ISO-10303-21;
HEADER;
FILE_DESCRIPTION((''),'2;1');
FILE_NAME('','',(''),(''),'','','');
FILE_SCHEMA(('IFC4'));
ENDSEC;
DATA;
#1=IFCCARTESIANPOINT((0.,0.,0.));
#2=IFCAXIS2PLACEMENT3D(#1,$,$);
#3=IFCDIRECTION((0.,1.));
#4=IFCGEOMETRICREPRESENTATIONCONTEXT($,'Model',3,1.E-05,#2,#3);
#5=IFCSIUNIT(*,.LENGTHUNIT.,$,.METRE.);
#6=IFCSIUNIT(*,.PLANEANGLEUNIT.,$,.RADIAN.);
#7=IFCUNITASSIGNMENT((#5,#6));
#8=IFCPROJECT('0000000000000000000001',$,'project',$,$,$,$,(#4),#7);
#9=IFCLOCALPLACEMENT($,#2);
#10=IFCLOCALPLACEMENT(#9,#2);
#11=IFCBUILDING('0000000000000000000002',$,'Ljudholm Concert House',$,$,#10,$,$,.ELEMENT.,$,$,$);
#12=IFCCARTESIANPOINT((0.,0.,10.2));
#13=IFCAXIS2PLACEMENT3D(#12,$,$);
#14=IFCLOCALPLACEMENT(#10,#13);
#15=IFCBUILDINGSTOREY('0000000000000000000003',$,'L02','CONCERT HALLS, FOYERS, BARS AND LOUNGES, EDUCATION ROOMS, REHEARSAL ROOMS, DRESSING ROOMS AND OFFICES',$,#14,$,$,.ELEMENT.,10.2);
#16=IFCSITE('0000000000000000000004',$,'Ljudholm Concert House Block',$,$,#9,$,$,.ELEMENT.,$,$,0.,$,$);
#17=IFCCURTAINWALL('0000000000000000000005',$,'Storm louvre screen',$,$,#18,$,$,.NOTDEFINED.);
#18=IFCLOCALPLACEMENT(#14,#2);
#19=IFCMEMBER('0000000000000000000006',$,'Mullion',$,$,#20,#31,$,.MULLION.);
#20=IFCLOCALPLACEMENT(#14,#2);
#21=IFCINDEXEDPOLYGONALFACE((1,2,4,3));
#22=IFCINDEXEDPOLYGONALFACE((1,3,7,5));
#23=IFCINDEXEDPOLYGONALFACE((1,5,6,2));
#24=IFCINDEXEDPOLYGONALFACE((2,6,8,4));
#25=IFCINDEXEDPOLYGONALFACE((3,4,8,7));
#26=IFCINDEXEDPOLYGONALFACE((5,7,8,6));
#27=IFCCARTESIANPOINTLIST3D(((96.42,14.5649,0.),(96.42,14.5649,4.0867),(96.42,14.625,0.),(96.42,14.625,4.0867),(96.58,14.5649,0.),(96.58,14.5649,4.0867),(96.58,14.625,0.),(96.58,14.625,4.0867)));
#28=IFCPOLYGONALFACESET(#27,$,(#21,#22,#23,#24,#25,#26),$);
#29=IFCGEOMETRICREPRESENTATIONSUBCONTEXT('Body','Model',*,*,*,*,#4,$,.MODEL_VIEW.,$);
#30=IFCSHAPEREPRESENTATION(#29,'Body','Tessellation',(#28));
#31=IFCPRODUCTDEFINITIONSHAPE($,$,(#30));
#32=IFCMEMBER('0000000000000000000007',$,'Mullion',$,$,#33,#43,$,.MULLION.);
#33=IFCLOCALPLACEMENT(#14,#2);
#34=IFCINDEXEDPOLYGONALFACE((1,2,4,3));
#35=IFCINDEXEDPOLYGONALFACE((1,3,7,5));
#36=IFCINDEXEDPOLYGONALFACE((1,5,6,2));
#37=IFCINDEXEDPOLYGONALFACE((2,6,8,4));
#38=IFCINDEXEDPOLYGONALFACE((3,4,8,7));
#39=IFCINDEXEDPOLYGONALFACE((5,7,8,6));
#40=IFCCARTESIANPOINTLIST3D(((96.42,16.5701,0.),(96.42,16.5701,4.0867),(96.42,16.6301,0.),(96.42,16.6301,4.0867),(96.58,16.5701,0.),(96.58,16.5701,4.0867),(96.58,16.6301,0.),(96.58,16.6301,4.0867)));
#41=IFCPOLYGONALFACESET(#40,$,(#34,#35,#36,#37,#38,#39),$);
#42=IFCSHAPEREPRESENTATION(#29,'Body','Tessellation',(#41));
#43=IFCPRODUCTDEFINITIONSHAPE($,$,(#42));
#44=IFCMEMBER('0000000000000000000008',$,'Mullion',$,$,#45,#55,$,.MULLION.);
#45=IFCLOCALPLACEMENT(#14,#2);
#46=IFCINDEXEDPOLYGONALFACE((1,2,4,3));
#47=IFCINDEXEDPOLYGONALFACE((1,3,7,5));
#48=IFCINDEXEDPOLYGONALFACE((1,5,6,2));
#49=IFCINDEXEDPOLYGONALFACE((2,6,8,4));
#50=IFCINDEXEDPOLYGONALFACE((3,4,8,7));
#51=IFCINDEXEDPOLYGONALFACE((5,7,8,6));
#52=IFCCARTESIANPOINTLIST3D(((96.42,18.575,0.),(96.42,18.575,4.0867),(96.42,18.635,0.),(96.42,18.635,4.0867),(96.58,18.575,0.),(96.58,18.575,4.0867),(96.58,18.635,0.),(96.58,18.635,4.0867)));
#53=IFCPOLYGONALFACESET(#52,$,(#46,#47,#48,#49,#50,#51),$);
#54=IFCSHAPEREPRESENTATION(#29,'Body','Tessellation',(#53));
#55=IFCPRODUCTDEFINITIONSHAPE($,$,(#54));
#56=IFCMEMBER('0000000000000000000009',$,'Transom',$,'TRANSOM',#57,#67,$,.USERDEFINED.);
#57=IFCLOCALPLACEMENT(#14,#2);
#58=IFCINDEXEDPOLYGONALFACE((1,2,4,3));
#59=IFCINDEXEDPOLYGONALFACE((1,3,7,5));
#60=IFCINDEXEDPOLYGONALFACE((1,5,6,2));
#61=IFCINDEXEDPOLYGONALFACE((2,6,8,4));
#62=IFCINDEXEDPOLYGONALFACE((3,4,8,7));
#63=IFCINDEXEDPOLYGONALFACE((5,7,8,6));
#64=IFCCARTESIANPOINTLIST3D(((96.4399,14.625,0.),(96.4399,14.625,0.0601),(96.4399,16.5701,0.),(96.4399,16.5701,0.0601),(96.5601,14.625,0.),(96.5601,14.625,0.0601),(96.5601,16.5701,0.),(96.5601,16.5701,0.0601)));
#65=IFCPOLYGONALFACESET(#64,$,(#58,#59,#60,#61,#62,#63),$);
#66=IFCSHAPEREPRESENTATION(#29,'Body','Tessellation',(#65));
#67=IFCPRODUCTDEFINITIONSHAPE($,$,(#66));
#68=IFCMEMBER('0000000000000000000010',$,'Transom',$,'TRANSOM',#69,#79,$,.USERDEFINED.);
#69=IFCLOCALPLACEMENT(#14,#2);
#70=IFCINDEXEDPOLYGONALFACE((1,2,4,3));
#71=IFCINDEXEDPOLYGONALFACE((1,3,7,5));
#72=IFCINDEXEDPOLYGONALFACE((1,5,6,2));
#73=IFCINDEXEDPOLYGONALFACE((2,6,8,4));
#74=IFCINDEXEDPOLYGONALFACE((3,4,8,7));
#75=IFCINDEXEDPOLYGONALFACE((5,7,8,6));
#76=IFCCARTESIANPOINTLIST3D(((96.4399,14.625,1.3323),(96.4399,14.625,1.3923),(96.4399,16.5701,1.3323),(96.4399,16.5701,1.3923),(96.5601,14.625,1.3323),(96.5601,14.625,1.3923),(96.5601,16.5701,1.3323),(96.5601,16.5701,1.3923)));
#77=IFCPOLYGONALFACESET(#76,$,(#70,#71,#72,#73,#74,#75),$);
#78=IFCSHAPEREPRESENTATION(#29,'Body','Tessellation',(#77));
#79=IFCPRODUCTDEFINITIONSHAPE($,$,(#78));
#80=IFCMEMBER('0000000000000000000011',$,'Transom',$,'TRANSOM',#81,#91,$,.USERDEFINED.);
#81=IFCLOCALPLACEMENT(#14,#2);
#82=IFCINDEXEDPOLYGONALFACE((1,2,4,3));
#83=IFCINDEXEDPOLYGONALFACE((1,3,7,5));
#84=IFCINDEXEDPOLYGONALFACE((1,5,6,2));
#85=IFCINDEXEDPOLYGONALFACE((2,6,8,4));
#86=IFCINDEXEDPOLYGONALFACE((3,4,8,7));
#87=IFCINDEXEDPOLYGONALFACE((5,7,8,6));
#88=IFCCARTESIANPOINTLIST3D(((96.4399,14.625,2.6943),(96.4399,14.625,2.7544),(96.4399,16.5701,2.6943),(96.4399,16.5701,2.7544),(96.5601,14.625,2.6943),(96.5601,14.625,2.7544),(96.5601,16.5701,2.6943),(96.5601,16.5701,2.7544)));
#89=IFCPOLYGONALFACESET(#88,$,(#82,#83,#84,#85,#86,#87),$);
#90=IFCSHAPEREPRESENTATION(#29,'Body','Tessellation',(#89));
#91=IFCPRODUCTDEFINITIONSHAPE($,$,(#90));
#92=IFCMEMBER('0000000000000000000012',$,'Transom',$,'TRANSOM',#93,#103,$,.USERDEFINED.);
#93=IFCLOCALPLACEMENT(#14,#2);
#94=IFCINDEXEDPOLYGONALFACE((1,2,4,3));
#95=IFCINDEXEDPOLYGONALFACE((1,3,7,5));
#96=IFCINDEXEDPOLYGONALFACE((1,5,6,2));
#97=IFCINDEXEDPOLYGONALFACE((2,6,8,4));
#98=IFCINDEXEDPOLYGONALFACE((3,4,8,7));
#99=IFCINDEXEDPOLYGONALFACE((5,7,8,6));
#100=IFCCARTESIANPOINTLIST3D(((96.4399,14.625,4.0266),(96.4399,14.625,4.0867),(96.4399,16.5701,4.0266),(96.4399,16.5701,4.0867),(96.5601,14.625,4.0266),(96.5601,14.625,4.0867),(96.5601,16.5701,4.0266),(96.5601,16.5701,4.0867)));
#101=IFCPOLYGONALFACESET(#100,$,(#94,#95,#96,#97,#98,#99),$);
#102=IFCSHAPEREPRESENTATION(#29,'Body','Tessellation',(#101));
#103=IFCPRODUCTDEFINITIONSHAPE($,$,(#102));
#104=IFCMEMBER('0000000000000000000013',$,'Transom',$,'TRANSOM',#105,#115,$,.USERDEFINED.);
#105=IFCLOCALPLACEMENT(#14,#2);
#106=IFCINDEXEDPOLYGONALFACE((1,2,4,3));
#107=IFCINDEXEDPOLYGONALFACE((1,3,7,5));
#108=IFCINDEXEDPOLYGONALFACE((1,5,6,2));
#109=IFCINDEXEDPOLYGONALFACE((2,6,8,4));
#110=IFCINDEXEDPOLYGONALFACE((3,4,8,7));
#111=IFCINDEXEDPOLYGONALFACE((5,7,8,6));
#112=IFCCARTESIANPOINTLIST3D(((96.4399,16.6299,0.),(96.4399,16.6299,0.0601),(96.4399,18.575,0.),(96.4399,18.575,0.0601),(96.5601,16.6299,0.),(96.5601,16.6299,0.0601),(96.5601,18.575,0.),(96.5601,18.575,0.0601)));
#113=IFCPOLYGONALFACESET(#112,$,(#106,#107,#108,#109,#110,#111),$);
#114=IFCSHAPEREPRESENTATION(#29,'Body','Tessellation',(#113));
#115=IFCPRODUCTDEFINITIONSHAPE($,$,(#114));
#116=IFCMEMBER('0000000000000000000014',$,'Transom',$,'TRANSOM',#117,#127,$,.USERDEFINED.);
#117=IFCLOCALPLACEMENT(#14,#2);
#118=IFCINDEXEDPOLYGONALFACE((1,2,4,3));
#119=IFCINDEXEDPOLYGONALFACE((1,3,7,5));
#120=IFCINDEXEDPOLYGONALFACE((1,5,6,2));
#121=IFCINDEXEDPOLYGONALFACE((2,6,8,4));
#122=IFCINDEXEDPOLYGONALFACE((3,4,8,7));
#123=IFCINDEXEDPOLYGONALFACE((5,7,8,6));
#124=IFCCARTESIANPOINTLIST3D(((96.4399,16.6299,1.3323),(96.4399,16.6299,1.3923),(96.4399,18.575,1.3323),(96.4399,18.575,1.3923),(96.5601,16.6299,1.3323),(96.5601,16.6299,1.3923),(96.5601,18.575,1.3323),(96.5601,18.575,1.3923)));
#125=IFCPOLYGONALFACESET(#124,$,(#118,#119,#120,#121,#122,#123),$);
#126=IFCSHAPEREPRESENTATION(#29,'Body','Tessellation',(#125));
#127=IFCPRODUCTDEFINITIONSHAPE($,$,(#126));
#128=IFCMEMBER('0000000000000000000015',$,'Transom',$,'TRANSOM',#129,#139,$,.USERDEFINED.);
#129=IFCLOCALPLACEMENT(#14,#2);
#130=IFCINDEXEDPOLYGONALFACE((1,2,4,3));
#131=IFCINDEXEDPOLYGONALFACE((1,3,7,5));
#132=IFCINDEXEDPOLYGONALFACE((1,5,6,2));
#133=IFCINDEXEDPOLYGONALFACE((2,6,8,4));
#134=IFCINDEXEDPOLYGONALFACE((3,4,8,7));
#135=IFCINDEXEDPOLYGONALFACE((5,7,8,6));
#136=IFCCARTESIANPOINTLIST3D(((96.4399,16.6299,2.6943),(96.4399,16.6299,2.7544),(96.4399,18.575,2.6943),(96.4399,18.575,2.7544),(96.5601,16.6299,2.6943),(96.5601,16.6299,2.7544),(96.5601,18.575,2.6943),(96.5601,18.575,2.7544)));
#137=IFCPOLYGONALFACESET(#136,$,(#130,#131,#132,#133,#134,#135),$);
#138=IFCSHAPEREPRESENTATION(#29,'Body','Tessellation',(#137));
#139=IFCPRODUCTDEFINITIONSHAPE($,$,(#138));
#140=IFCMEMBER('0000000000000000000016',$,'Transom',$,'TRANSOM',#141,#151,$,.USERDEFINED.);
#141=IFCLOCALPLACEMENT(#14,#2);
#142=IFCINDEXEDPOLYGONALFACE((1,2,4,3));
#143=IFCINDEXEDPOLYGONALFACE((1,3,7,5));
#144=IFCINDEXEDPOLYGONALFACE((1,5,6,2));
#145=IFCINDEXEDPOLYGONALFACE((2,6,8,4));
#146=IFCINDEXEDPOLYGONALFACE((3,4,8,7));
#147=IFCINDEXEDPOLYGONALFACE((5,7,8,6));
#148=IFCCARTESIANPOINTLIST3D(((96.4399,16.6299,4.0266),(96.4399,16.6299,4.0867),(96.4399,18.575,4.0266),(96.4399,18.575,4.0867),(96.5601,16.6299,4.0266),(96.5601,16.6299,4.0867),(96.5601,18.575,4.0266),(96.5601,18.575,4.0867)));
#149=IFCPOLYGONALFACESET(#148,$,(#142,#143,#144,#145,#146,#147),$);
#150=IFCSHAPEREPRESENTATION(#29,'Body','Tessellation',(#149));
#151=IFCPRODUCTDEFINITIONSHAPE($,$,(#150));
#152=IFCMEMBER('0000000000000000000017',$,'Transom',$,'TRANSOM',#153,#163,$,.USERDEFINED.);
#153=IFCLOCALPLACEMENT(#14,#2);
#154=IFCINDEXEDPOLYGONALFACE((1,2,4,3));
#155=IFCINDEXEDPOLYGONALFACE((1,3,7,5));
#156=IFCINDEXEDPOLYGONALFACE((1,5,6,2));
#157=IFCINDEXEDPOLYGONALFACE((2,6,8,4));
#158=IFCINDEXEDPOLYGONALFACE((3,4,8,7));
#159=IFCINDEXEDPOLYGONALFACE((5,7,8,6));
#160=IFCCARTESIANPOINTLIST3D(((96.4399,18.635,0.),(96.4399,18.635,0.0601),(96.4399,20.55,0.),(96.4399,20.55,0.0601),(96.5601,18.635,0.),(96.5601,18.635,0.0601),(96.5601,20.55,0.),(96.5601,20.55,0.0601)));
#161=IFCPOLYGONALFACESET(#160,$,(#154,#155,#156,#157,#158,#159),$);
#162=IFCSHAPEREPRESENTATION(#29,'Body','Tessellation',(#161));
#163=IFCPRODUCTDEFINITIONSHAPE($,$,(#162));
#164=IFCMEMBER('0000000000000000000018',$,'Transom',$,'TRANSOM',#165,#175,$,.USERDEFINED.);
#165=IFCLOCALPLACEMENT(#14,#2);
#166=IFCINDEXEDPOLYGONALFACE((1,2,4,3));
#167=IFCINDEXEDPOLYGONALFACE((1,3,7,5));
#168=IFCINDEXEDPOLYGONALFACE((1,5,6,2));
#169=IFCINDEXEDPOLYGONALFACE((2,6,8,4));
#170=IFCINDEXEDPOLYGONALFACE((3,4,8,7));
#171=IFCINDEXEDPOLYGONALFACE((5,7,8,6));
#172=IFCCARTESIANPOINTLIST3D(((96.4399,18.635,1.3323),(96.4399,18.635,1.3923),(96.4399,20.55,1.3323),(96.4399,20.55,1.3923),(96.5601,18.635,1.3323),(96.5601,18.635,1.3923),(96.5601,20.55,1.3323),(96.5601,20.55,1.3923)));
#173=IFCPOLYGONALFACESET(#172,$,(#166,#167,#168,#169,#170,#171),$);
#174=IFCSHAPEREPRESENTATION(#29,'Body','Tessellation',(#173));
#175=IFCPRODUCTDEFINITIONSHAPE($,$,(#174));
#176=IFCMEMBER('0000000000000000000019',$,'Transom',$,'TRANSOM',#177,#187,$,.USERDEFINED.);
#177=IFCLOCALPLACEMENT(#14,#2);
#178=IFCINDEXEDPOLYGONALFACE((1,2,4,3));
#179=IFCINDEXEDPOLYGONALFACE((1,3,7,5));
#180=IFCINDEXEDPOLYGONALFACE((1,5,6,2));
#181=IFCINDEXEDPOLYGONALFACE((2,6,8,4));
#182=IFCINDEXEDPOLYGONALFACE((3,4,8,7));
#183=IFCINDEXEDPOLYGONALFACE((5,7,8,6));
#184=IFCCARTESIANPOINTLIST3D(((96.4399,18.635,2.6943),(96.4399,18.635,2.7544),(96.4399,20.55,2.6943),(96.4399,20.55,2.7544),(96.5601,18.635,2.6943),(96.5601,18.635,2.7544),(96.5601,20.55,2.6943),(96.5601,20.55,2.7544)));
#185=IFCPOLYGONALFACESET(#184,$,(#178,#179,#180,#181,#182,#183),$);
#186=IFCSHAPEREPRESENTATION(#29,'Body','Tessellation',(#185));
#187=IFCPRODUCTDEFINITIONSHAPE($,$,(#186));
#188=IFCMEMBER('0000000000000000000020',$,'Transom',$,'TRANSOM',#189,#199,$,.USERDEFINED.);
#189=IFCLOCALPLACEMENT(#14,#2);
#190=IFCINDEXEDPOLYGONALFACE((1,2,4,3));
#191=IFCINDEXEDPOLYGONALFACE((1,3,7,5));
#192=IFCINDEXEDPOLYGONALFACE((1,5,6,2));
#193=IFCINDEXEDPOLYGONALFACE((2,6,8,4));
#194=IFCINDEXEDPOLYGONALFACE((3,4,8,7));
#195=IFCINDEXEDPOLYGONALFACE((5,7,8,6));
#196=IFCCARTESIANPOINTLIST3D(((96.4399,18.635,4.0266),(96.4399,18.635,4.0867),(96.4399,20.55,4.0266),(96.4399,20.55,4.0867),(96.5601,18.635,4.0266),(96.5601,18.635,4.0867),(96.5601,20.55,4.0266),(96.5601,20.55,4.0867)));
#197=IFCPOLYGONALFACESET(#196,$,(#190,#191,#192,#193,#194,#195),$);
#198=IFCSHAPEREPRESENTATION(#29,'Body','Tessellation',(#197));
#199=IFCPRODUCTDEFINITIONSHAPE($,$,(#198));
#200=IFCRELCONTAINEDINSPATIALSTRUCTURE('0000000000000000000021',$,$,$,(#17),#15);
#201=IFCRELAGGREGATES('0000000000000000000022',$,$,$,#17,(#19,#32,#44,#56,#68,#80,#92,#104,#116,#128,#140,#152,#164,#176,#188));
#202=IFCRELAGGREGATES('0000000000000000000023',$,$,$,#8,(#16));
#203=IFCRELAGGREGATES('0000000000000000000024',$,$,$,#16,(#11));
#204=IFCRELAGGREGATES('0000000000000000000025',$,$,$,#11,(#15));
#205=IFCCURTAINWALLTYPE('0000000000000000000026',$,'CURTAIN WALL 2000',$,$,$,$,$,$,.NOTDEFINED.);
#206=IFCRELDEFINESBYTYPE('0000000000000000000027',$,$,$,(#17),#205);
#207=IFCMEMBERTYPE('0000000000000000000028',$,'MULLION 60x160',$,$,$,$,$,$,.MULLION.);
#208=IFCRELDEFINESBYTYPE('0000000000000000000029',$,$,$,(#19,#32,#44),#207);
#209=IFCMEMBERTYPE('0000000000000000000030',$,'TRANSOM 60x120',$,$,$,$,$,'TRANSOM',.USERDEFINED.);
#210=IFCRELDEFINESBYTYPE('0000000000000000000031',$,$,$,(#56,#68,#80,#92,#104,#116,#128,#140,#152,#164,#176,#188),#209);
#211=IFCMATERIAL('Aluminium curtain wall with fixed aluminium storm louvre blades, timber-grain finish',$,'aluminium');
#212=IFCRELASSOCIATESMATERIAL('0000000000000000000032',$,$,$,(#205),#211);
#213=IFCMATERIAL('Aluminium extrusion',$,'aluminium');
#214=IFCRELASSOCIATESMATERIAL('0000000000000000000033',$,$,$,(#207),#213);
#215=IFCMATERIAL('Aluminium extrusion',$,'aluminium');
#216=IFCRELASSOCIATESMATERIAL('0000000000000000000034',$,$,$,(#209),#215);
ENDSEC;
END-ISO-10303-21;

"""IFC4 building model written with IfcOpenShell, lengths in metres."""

from ifc_helpers import new_model, si_unit, direction, frame, origin, origin_2d, place, context, subcontext, project, spatial, rectangle, extrude, material, material_profile, profile_set, type_object, element, aggregate, save


model = new_model("IFC4")

# Units and contexts
model_context = context("Model", 3, precision=1e-05, world=origin(), true_north=direction((0.0, 1.0)))
body_context = subcontext(model_context, "Body", "Model", "MODEL_VIEW")
ifc_project = project(units=[si_unit("LENGTHUNIT", "METRE"), si_unit("PLANEANGLEUNIT", "RADIAN")], contexts=[model_context])

# Site, building, storey
site_placement = place(None, origin())
site = spatial("IfcSite", under=ifc_project, at=site_placement, Name="Ljudholm Concert House Block", CompositionType="ELEMENT", RefElevation=0.0)
building_placement = place(site_placement, origin())
building = spatial("IfcBuilding", under=site, at=building_placement, Name="Ljudholm Concert House", CompositionType="ELEMENT")
storey_placement = place(building_placement, frame((0.0, 0.0, 10.2)))
storey = spatial("IfcBuildingStorey", under=building, at=storey_placement, Name="L02", Description="CONCERT HALLS, FOYERS, BARS AND LOUNGES, EDUCATION ROOMS, REHEARSAL ROOMS, DRESSING ROOMS AND OFFICES", CompositionType="ELEMENT", Elevation=10.2)

# Curtain wall, members
ifc_material_1 = material(Name="Aluminium curtain wall with fixed aluminium storm louvre blades, timber-grain finish", Category="aluminium")
curtain_wall_type = type_object("IfcCurtainWallType", Name="CURTAIN WALL 2000", PredefinedType="NOTDEFINED", material=ifc_material_1)
curtain_wall_placement = place(storey_placement, origin())
curtain_wall = element("IfcCurtainWall", 1, at=curtain_wall_placement, inside=storey, type_object=curtain_wall_type, Name="Storm louvre screen", PredefinedType="NOTDEFINED")
ifc_material_2 = material(Name="Aluminium extrusion", Category="aluminium")
ifc_material_profile_1 = material_profile(ifc_material_2, rectangle(XDim=0.1599, YDim=0.0601, at=origin_2d()), Name="MULLION 60x160")
ifc_profile_set_1 = profile_set([ifc_material_profile_1], Name="Aluminium extrusion")
member_type_1 = type_object("IfcMemberType", Name="MULLION 60x160", PredefinedType="MULLION", material=ifc_profile_set_1)
member_1_placement = place(storey_placement, frame((96.5, 14.595, 0.0), z_axis=(0.0, 0.0, 1.0), x_axis=(-1.0, 0.0, 0.0)))
member_1 = element("IfcMember", 2, at=member_1_placement, type_object=member_type_1, Name="Mullion", PredefinedType="MULLION", context=body_context, shape_type="SweptSolid", body=[
    extrude(rectangle(XDim=0.1599, YDim=0.0601, at=origin_2d()), origin(), (0.0, 0.0, 1.0), 4.0867),
])
member_2_placement = place(storey_placement, frame((96.5, 16.6001, 0.0), z_axis=(0.0, 0.0, 1.0), x_axis=(-1.0, 0.0, 0.0)))
member_2 = element("IfcMember", 3, at=member_2_placement, type_object=member_type_1, Name="Mullion", PredefinedType="MULLION", context=body_context, shape_type="SweptSolid", body=[
    extrude(rectangle(XDim=0.1599, YDim=0.0601, at=origin_2d()), origin(), (0.0, 0.0, 1.0), 4.0867),
])
member_3_placement = place(storey_placement, frame((96.5, 18.605, 0.0), z_axis=(0.0, 0.0, 1.0), x_axis=(-1.0, 0.0, 0.0)))
member_3 = element("IfcMember", 4, at=member_3_placement, type_object=member_type_1, Name="Mullion", PredefinedType="MULLION", context=body_context, shape_type="SweptSolid", body=[
    extrude(rectangle(XDim=0.1599, YDim=0.0601, at=origin_2d()), origin(), (0.0, 0.0, 1.0), 4.0867),
])
ifc_material_3 = material(Name="Aluminium extrusion", Category="aluminium")
ifc_material_profile_2 = material_profile(ifc_material_3, rectangle(XDim=0.1201, YDim=0.0601, at=origin_2d()), Name="TRANSOM 60x120")
ifc_profile_set_2 = profile_set([ifc_material_profile_2], Name="Aluminium extrusion")
member_type_2 = type_object("IfcMemberType", Name="TRANSOM 60x120", ElementType="TRANSOM", PredefinedType="USERDEFINED", material=ifc_profile_set_2)
member_4_placement = place(storey_placement, frame((96.5, 14.625, 0.03), z_axis=(0.0, 1.0, 0.0), x_axis=(-1.0, 0.0, 0.0)))
member_4 = element("IfcMember", 5, at=member_4_placement, type_object=member_type_2, Name="Transom", ObjectType="TRANSOM", PredefinedType="USERDEFINED", context=body_context, shape_type="SweptSolid", body=[
    extrude(rectangle(XDim=0.1201, YDim=0.0601, at=origin_2d()), origin(), (0.0, 0.0, 1.0), 1.9451),
])
member_5_placement = place(storey_placement, frame((96.5, 14.625, 1.3623), z_axis=(0.0, 1.0, 0.0), x_axis=(-1.0, 0.0, 0.0)))
member_5 = element("IfcMember", 6, at=member_5_placement, type_object=member_type_2, Name="Transom", ObjectType="TRANSOM", PredefinedType="USERDEFINED", context=body_context, shape_type="SweptSolid", body=[
    extrude(rectangle(XDim=0.1201, YDim=0.0601, at=origin_2d()), origin(), (0.0, 0.0, 1.0), 1.9451),
])
member_6_placement = place(storey_placement, frame((96.5, 14.625, 2.7244), z_axis=(0.0, 1.0, 0.0), x_axis=(-1.0, 0.0, 0.0)))
member_6 = element("IfcMember", 7, at=member_6_placement, type_object=member_type_2, Name="Transom", ObjectType="TRANSOM", PredefinedType="USERDEFINED", context=body_context, shape_type="SweptSolid", body=[
    extrude(rectangle(XDim=0.1201, YDim=0.0601, at=origin_2d()), origin(), (0.0, 0.0, 1.0), 1.9451),
])
member_7_placement = place(storey_placement, frame((96.5, 14.625, 4.0566), z_axis=(0.0, 1.0, 0.0), x_axis=(-1.0, 0.0, 0.0)))
member_7 = element("IfcMember", 8, at=member_7_placement, type_object=member_type_2, Name="Transom", ObjectType="TRANSOM", PredefinedType="USERDEFINED", context=body_context, shape_type="SweptSolid", body=[
    extrude(rectangle(XDim=0.1201, YDim=0.0601, at=origin_2d()), origin(), (0.0, 0.0, 1.0), 1.9451),
])
member_8_placement = place(storey_placement, frame((96.5, 16.6299, 0.03), z_axis=(0.0, 1.0, 0.0), x_axis=(-1.0, 0.0, 0.0)))
member_8 = element("IfcMember", 9, at=member_8_placement, type_object=member_type_2, Name="Transom", ObjectType="TRANSOM", PredefinedType="USERDEFINED", context=body_context, shape_type="SweptSolid", body=[
    extrude(rectangle(XDim=0.1201, YDim=0.0601, at=origin_2d()), origin(), (0.0, 0.0, 1.0), 1.9451),
])
member_9_placement = place(storey_placement, frame((96.5, 16.6299, 1.3623), z_axis=(0.0, 1.0, 0.0), x_axis=(-1.0, 0.0, 0.0)))
member_9 = element("IfcMember", 10, at=member_9_placement, type_object=member_type_2, Name="Transom", ObjectType="TRANSOM", PredefinedType="USERDEFINED", context=body_context, shape_type="SweptSolid", body=[
    extrude(rectangle(XDim=0.1201, YDim=0.0601, at=origin_2d()), origin(), (0.0, 0.0, 1.0), 1.9451),
])
member_10_placement = place(storey_placement, frame((96.5, 16.6299, 2.7244), z_axis=(0.0, 1.0, 0.0), x_axis=(-1.0, 0.0, 0.0)))
member_10 = element("IfcMember", 11, at=member_10_placement, type_object=member_type_2, Name="Transom", ObjectType="TRANSOM", PredefinedType="USERDEFINED", context=body_context, shape_type="SweptSolid", body=[
    extrude(rectangle(XDim=0.1201, YDim=0.0601, at=origin_2d()), origin(), (0.0, 0.0, 1.0), 1.9451),
])
member_11_placement = place(storey_placement, frame((96.5, 16.6299, 4.0566), z_axis=(0.0, 1.0, 0.0), x_axis=(-1.0, 0.0, 0.0)))
member_11 = element("IfcMember", 12, at=member_11_placement, type_object=member_type_2, Name="Transom", ObjectType="TRANSOM", PredefinedType="USERDEFINED", context=body_context, shape_type="SweptSolid", body=[
    extrude(rectangle(XDim=0.1201, YDim=0.0601, at=origin_2d()), origin(), (0.0, 0.0, 1.0), 1.9451),
])
member_12_placement = place(storey_placement, frame((96.5, 18.635, 0.03), z_axis=(0.0, 1.0, 0.0), x_axis=(-1.0, 0.0, 0.0)))
member_12 = element("IfcMember", 13, at=member_12_placement, type_object=member_type_2, Name="Transom", ObjectType="TRANSOM", PredefinedType="USERDEFINED", context=body_context, shape_type="SweptSolid", body=[
    extrude(rectangle(XDim=0.1201, YDim=0.0601, at=origin_2d()), origin(), (0.0, 0.0, 1.0), 1.915),
])
member_13_placement = place(storey_placement, frame((96.5, 18.635, 1.3623), z_axis=(0.0, 1.0, 0.0), x_axis=(-1.0, 0.0, 0.0)))
member_13 = element("IfcMember", 14, at=member_13_placement, type_object=member_type_2, Name="Transom", ObjectType="TRANSOM", PredefinedType="USERDEFINED", context=body_context, shape_type="SweptSolid", body=[
    extrude(rectangle(XDim=0.1201, YDim=0.0601, at=origin_2d()), origin(), (0.0, 0.0, 1.0), 1.915),
])
member_14_placement = place(storey_placement, frame((96.5, 18.635, 2.7244), z_axis=(0.0, 1.0, 0.0), x_axis=(-1.0, 0.0, 0.0)))
member_14 = element("IfcMember", 15, at=member_14_placement, type_object=member_type_2, Name="Transom", ObjectType="TRANSOM", PredefinedType="USERDEFINED", context=body_context, shape_type="SweptSolid", body=[
    extrude(rectangle(XDim=0.1201, YDim=0.0601, at=origin_2d()), origin(), (0.0, 0.0, 1.0), 1.915),
])
member_15_placement = place(storey_placement, frame((96.5, 18.635, 4.0566), z_axis=(0.0, 1.0, 0.0), x_axis=(-1.0, 0.0, 0.0)))
member_15 = element("IfcMember", 16, at=member_15_placement, type_object=member_type_2, Name="Transom", ObjectType="TRANSOM", PredefinedType="USERDEFINED", context=body_context, shape_type="SweptSolid", body=[
    extrude(rectangle(XDim=0.1201, YDim=0.0601, at=origin_2d()), origin(), (0.0, 0.0, 1.0), 1.915),
])
aggregate(curtain_wall, [member_1, member_2, member_3, member_4, member_5, member_6, member_7, member_8, member_9, member_10, member_11, member_12, member_13, member_14, member_15])

save(model, "model.ifc")
